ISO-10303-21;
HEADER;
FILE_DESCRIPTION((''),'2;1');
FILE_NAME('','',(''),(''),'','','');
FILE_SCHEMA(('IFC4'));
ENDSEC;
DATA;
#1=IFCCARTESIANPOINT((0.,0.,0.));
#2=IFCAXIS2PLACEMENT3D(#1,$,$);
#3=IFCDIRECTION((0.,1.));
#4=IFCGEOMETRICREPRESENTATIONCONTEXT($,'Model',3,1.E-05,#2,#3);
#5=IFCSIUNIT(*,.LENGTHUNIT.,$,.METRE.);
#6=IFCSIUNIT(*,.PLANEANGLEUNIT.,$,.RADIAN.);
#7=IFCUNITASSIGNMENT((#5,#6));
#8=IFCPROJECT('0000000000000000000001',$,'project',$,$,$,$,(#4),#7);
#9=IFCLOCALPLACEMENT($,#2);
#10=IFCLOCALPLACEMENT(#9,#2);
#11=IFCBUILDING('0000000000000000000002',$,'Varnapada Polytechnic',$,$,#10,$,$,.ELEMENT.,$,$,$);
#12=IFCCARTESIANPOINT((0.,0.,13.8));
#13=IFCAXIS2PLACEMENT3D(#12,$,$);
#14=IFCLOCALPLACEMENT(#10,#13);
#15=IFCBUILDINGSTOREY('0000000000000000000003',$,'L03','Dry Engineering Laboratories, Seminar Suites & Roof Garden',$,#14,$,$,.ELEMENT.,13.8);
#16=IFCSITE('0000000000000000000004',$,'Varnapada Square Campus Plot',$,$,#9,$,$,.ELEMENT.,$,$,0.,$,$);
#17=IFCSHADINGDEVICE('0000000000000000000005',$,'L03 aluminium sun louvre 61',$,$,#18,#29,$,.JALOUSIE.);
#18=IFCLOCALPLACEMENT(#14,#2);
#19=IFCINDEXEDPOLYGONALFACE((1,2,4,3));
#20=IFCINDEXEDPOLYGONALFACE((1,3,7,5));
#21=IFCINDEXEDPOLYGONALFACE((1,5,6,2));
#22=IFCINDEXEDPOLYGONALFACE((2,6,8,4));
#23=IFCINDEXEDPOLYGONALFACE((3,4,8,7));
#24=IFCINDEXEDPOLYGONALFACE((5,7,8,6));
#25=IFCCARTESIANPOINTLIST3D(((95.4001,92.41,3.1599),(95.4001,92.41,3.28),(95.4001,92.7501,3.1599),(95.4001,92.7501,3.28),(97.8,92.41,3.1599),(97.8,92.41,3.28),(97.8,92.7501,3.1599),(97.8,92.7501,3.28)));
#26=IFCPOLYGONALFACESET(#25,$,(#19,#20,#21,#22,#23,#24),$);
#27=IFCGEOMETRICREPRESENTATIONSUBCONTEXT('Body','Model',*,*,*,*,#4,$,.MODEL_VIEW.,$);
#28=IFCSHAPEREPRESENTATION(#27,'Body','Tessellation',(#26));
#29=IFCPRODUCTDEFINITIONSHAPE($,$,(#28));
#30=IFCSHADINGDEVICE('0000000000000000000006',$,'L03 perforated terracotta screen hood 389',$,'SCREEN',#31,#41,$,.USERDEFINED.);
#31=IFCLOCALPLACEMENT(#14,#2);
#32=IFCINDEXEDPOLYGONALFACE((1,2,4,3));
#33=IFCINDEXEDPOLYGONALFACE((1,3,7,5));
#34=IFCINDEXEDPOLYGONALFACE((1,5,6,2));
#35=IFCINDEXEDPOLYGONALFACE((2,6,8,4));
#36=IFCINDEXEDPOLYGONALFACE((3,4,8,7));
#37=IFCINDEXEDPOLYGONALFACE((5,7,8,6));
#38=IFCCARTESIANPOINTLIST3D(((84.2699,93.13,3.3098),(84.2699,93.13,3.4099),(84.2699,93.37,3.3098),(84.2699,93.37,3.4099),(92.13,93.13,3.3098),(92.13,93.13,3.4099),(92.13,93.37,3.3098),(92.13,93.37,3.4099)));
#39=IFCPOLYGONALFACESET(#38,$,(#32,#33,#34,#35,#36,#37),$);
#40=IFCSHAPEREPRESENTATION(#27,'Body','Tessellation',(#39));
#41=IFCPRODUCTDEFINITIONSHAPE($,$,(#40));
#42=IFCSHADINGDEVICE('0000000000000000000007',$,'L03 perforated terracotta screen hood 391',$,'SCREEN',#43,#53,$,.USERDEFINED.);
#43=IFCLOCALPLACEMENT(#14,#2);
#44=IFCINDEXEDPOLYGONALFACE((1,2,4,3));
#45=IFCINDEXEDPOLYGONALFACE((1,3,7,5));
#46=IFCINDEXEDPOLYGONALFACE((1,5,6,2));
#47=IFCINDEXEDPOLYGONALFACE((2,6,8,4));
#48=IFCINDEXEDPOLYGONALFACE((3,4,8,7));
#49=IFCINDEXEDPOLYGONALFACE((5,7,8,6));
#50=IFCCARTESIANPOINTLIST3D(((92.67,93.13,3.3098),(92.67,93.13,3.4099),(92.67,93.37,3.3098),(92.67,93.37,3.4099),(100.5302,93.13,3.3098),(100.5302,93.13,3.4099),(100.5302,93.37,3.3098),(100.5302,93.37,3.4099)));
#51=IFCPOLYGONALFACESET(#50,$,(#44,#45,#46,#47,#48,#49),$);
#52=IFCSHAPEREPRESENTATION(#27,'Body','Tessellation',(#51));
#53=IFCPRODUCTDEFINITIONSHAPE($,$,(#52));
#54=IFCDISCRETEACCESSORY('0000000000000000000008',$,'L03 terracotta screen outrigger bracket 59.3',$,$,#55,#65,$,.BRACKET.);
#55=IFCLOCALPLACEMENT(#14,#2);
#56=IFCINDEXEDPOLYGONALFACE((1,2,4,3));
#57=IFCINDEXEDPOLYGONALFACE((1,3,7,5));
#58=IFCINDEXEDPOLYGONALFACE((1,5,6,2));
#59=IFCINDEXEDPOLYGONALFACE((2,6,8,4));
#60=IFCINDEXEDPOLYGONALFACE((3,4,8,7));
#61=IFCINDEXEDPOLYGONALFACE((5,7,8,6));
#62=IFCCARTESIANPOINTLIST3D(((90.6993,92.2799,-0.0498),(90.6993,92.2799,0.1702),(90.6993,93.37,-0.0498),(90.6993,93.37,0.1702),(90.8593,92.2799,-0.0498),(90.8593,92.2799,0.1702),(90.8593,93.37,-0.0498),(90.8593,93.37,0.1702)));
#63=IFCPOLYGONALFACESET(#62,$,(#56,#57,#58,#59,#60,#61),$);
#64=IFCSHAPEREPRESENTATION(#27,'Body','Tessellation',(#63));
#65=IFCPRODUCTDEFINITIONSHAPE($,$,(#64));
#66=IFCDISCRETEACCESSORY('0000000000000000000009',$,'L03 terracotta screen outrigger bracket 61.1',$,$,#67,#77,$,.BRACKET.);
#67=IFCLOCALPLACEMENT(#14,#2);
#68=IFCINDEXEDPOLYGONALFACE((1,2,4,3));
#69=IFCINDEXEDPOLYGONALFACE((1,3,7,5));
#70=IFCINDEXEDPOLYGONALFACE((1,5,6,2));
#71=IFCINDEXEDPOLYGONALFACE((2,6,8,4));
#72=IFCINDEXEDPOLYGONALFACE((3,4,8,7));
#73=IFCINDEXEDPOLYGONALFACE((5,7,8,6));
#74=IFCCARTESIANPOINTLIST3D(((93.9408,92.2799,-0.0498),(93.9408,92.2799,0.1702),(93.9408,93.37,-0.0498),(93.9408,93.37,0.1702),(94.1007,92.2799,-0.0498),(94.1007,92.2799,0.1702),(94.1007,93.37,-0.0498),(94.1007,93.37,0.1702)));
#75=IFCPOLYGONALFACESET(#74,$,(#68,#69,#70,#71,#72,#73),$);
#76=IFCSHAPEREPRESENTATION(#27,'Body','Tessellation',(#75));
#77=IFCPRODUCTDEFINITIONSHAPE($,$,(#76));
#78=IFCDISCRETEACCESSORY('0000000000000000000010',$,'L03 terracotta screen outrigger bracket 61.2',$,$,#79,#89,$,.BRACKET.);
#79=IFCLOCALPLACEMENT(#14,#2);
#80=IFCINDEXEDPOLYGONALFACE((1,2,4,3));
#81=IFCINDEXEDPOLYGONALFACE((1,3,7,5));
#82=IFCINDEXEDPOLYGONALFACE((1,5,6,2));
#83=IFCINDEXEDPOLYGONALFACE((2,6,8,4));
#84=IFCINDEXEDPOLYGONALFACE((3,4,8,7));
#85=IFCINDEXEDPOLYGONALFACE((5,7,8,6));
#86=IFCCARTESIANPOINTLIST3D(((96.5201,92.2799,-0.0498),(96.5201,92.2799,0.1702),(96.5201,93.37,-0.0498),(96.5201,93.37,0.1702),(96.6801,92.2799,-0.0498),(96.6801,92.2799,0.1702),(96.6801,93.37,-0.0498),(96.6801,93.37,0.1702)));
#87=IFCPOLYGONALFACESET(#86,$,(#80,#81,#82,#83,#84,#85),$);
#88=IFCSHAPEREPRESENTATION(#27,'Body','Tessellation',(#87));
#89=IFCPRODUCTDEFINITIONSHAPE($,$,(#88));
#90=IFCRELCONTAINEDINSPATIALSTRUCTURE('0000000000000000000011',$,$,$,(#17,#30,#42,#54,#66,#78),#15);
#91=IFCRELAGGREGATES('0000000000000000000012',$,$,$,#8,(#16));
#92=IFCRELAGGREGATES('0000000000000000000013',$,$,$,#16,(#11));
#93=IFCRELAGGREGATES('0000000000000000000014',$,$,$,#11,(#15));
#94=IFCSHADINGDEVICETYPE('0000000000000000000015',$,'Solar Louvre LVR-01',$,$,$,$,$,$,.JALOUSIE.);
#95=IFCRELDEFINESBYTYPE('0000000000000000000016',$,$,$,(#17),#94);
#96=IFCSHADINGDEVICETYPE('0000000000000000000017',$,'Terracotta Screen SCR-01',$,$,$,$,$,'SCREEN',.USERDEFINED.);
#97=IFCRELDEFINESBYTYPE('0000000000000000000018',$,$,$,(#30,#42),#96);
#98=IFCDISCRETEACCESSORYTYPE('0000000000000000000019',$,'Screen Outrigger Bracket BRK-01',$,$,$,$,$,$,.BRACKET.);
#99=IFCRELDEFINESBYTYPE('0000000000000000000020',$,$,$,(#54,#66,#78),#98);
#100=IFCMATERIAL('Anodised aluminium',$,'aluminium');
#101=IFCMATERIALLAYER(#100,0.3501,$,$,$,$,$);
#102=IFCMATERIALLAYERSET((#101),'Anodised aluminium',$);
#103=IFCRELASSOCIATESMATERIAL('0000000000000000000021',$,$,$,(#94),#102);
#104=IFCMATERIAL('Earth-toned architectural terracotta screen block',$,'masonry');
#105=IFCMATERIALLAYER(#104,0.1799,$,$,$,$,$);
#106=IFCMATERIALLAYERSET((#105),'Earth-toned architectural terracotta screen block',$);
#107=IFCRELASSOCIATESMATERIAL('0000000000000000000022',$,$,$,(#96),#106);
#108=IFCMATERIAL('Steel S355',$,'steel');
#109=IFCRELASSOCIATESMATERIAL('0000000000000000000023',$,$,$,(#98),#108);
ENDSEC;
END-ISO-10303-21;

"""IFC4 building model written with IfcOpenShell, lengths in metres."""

from ifc_helpers import new_model, si_unit, direction, frame, origin, origin_2d, place, context, subcontext, project, spatial, rectangle, extrude, material, layer, layer_set, type_object, element, save


model = new_model("IFC4")

# Units and contexts
model_context = context("Model", 3, precision=1e-05, world=origin(), true_north=direction((0.0, 1.0)))
body_context = subcontext(model_context, "Body", "Model", "MODEL_VIEW")
ifc_project = project(units=[si_unit("LENGTHUNIT", "METRE"), si_unit("PLANEANGLEUNIT", "RADIAN")], contexts=[model_context])

# Site, building, storey
site_placement = place(None, origin())
site = spatial("IfcSite", under=ifc_project, at=site_placement, Name="Varnapada Square Campus Plot", CompositionType="ELEMENT", RefElevation=0.0)
building_placement = place(site_placement, origin())
building = spatial("IfcBuilding", under=site, at=building_placement, Name="Varnapada Polytechnic", CompositionType="ELEMENT")
storey_placement = place(building_placement, frame((0.0, 0.0, 13.8)))
storey = spatial("IfcBuildingStorey", under=building, at=storey_placement, Name="L03", Description="Dry Engineering Laboratories, Seminar Suites & Roof Garden", CompositionType="ELEMENT", Elevation=13.8)

# Shading device
ifc_material_1 = material(Name="Anodised aluminium", Category="aluminium")
ifc_layer_1 = layer(ifc_material_1, 0.3501)
ifc_layer_set_1 = layer_set([ifc_layer_1], Name="Anodised aluminium")
shading_device_type_1 = type_object("IfcShadingDeviceType", Name="Solar Louvre LVR-01", PredefinedType="JALOUSIE", material=ifc_layer_set_1)
shading_device_placement = place(storey_placement, frame((96.6001, 92.5801, 3.1599), z_axis=(0.0, 0.0, 1.0), x_axis=(1.0, 0.0, 0.0)))
element("IfcShadingDevice", 1, at=shading_device_placement, inside=storey, type_object=shading_device_type_1, Name="L03 aluminium sun louvre 61", PredefinedType="JALOUSIE", context=body_context, shape_type="SweptSolid", body=[
    extrude(rectangle(XDim=2.3999, YDim=0.3401, at=origin_2d()), origin(), (0.0, 0.0, 1.0), 0.1201),
])

# Shared definitions
ifc_material_2 = material(Name="Earth-toned architectural terracotta screen block", Category="masonry")

# Shading devices
ifc_layer_2 = layer(ifc_material_2, 0.1799)
ifc_layer_set_2 = layer_set([ifc_layer_2], Name="Earth-toned architectural terracotta screen block")
shading_device_type_2 = type_object("IfcShadingDeviceType", Name="Terracotta Screen SCR-01", ElementType="SCREEN", PredefinedType="USERDEFINED", material=ifc_layer_set_2)
for number, where, z_axis, x_axis, name in (
    (2, (88.2, 93.25, 3.3098), (0.0, 0.0, 1.0), (1.0, 0.0, 0.0), "L03 perforated terracotta screen hood 389"),
    (3, (96.6001, 93.25, 3.3098), (0.0, 0.0, 1.0), (1.0, 0.0, 0.0), "L03 perforated terracotta screen hood 391"),
):
    element("IfcShadingDevice", number, at=place(storey_placement, frame(where, z_axis=z_axis, x_axis=x_axis)), inside=storey, type_object=shading_device_type_2, Name=name, ObjectType="SCREEN", PredefinedType="USERDEFINED", context=body_context, shape_type="SweptSolid", body=[
        extrude(rectangle(XDim=7.8601, YDim=0.24, at=origin_2d()), origin(), (0.0, 0.0, 1.0), 0.1001),
    ])

# Discrete accessories
ifc_material_3 = material(Name="Steel S355", Category="steel")
discrete_accessory_type = type_object("IfcDiscreteAccessoryType", Name="Screen Outrigger Bracket BRK-01", PredefinedType="BRACKET", material=ifc_material_3)
for number, where, z_axis, x_axis, name in (
    (4, (90.7793, 92.825, -0.0498), (0.0, 0.0, 1.0), (1.0, 0.0, 0.0), "L03 terracotta screen outrigger bracket 59.3"),
    (5, (94.0208, 92.825, -0.0498), (0.0, 0.0, 1.0), (1.0, 0.0, 0.0), "L03 terracotta screen outrigger bracket 61.1"),
    (6, (96.6001, 92.825, -0.0498), (0.0, 0.0, 1.0), (1.0, 0.0, 0.0), "L03 terracotta screen outrigger bracket 61.2"),
):
    element("IfcDiscreteAccessory", number, at=place(storey_placement, frame(where, z_axis=z_axis, x_axis=x_axis)), inside=storey, type_object=discrete_accessory_type, Name=name, PredefinedType="BRACKET", context=body_context, shape_type="SweptSolid", body=[
        extrude(rectangle(XDim=0.1599, YDim=1.0901, at=origin_2d()), origin(), (0.0, 0.0, 1.0), 0.22),
    ])

save(model, "model.ifc")
